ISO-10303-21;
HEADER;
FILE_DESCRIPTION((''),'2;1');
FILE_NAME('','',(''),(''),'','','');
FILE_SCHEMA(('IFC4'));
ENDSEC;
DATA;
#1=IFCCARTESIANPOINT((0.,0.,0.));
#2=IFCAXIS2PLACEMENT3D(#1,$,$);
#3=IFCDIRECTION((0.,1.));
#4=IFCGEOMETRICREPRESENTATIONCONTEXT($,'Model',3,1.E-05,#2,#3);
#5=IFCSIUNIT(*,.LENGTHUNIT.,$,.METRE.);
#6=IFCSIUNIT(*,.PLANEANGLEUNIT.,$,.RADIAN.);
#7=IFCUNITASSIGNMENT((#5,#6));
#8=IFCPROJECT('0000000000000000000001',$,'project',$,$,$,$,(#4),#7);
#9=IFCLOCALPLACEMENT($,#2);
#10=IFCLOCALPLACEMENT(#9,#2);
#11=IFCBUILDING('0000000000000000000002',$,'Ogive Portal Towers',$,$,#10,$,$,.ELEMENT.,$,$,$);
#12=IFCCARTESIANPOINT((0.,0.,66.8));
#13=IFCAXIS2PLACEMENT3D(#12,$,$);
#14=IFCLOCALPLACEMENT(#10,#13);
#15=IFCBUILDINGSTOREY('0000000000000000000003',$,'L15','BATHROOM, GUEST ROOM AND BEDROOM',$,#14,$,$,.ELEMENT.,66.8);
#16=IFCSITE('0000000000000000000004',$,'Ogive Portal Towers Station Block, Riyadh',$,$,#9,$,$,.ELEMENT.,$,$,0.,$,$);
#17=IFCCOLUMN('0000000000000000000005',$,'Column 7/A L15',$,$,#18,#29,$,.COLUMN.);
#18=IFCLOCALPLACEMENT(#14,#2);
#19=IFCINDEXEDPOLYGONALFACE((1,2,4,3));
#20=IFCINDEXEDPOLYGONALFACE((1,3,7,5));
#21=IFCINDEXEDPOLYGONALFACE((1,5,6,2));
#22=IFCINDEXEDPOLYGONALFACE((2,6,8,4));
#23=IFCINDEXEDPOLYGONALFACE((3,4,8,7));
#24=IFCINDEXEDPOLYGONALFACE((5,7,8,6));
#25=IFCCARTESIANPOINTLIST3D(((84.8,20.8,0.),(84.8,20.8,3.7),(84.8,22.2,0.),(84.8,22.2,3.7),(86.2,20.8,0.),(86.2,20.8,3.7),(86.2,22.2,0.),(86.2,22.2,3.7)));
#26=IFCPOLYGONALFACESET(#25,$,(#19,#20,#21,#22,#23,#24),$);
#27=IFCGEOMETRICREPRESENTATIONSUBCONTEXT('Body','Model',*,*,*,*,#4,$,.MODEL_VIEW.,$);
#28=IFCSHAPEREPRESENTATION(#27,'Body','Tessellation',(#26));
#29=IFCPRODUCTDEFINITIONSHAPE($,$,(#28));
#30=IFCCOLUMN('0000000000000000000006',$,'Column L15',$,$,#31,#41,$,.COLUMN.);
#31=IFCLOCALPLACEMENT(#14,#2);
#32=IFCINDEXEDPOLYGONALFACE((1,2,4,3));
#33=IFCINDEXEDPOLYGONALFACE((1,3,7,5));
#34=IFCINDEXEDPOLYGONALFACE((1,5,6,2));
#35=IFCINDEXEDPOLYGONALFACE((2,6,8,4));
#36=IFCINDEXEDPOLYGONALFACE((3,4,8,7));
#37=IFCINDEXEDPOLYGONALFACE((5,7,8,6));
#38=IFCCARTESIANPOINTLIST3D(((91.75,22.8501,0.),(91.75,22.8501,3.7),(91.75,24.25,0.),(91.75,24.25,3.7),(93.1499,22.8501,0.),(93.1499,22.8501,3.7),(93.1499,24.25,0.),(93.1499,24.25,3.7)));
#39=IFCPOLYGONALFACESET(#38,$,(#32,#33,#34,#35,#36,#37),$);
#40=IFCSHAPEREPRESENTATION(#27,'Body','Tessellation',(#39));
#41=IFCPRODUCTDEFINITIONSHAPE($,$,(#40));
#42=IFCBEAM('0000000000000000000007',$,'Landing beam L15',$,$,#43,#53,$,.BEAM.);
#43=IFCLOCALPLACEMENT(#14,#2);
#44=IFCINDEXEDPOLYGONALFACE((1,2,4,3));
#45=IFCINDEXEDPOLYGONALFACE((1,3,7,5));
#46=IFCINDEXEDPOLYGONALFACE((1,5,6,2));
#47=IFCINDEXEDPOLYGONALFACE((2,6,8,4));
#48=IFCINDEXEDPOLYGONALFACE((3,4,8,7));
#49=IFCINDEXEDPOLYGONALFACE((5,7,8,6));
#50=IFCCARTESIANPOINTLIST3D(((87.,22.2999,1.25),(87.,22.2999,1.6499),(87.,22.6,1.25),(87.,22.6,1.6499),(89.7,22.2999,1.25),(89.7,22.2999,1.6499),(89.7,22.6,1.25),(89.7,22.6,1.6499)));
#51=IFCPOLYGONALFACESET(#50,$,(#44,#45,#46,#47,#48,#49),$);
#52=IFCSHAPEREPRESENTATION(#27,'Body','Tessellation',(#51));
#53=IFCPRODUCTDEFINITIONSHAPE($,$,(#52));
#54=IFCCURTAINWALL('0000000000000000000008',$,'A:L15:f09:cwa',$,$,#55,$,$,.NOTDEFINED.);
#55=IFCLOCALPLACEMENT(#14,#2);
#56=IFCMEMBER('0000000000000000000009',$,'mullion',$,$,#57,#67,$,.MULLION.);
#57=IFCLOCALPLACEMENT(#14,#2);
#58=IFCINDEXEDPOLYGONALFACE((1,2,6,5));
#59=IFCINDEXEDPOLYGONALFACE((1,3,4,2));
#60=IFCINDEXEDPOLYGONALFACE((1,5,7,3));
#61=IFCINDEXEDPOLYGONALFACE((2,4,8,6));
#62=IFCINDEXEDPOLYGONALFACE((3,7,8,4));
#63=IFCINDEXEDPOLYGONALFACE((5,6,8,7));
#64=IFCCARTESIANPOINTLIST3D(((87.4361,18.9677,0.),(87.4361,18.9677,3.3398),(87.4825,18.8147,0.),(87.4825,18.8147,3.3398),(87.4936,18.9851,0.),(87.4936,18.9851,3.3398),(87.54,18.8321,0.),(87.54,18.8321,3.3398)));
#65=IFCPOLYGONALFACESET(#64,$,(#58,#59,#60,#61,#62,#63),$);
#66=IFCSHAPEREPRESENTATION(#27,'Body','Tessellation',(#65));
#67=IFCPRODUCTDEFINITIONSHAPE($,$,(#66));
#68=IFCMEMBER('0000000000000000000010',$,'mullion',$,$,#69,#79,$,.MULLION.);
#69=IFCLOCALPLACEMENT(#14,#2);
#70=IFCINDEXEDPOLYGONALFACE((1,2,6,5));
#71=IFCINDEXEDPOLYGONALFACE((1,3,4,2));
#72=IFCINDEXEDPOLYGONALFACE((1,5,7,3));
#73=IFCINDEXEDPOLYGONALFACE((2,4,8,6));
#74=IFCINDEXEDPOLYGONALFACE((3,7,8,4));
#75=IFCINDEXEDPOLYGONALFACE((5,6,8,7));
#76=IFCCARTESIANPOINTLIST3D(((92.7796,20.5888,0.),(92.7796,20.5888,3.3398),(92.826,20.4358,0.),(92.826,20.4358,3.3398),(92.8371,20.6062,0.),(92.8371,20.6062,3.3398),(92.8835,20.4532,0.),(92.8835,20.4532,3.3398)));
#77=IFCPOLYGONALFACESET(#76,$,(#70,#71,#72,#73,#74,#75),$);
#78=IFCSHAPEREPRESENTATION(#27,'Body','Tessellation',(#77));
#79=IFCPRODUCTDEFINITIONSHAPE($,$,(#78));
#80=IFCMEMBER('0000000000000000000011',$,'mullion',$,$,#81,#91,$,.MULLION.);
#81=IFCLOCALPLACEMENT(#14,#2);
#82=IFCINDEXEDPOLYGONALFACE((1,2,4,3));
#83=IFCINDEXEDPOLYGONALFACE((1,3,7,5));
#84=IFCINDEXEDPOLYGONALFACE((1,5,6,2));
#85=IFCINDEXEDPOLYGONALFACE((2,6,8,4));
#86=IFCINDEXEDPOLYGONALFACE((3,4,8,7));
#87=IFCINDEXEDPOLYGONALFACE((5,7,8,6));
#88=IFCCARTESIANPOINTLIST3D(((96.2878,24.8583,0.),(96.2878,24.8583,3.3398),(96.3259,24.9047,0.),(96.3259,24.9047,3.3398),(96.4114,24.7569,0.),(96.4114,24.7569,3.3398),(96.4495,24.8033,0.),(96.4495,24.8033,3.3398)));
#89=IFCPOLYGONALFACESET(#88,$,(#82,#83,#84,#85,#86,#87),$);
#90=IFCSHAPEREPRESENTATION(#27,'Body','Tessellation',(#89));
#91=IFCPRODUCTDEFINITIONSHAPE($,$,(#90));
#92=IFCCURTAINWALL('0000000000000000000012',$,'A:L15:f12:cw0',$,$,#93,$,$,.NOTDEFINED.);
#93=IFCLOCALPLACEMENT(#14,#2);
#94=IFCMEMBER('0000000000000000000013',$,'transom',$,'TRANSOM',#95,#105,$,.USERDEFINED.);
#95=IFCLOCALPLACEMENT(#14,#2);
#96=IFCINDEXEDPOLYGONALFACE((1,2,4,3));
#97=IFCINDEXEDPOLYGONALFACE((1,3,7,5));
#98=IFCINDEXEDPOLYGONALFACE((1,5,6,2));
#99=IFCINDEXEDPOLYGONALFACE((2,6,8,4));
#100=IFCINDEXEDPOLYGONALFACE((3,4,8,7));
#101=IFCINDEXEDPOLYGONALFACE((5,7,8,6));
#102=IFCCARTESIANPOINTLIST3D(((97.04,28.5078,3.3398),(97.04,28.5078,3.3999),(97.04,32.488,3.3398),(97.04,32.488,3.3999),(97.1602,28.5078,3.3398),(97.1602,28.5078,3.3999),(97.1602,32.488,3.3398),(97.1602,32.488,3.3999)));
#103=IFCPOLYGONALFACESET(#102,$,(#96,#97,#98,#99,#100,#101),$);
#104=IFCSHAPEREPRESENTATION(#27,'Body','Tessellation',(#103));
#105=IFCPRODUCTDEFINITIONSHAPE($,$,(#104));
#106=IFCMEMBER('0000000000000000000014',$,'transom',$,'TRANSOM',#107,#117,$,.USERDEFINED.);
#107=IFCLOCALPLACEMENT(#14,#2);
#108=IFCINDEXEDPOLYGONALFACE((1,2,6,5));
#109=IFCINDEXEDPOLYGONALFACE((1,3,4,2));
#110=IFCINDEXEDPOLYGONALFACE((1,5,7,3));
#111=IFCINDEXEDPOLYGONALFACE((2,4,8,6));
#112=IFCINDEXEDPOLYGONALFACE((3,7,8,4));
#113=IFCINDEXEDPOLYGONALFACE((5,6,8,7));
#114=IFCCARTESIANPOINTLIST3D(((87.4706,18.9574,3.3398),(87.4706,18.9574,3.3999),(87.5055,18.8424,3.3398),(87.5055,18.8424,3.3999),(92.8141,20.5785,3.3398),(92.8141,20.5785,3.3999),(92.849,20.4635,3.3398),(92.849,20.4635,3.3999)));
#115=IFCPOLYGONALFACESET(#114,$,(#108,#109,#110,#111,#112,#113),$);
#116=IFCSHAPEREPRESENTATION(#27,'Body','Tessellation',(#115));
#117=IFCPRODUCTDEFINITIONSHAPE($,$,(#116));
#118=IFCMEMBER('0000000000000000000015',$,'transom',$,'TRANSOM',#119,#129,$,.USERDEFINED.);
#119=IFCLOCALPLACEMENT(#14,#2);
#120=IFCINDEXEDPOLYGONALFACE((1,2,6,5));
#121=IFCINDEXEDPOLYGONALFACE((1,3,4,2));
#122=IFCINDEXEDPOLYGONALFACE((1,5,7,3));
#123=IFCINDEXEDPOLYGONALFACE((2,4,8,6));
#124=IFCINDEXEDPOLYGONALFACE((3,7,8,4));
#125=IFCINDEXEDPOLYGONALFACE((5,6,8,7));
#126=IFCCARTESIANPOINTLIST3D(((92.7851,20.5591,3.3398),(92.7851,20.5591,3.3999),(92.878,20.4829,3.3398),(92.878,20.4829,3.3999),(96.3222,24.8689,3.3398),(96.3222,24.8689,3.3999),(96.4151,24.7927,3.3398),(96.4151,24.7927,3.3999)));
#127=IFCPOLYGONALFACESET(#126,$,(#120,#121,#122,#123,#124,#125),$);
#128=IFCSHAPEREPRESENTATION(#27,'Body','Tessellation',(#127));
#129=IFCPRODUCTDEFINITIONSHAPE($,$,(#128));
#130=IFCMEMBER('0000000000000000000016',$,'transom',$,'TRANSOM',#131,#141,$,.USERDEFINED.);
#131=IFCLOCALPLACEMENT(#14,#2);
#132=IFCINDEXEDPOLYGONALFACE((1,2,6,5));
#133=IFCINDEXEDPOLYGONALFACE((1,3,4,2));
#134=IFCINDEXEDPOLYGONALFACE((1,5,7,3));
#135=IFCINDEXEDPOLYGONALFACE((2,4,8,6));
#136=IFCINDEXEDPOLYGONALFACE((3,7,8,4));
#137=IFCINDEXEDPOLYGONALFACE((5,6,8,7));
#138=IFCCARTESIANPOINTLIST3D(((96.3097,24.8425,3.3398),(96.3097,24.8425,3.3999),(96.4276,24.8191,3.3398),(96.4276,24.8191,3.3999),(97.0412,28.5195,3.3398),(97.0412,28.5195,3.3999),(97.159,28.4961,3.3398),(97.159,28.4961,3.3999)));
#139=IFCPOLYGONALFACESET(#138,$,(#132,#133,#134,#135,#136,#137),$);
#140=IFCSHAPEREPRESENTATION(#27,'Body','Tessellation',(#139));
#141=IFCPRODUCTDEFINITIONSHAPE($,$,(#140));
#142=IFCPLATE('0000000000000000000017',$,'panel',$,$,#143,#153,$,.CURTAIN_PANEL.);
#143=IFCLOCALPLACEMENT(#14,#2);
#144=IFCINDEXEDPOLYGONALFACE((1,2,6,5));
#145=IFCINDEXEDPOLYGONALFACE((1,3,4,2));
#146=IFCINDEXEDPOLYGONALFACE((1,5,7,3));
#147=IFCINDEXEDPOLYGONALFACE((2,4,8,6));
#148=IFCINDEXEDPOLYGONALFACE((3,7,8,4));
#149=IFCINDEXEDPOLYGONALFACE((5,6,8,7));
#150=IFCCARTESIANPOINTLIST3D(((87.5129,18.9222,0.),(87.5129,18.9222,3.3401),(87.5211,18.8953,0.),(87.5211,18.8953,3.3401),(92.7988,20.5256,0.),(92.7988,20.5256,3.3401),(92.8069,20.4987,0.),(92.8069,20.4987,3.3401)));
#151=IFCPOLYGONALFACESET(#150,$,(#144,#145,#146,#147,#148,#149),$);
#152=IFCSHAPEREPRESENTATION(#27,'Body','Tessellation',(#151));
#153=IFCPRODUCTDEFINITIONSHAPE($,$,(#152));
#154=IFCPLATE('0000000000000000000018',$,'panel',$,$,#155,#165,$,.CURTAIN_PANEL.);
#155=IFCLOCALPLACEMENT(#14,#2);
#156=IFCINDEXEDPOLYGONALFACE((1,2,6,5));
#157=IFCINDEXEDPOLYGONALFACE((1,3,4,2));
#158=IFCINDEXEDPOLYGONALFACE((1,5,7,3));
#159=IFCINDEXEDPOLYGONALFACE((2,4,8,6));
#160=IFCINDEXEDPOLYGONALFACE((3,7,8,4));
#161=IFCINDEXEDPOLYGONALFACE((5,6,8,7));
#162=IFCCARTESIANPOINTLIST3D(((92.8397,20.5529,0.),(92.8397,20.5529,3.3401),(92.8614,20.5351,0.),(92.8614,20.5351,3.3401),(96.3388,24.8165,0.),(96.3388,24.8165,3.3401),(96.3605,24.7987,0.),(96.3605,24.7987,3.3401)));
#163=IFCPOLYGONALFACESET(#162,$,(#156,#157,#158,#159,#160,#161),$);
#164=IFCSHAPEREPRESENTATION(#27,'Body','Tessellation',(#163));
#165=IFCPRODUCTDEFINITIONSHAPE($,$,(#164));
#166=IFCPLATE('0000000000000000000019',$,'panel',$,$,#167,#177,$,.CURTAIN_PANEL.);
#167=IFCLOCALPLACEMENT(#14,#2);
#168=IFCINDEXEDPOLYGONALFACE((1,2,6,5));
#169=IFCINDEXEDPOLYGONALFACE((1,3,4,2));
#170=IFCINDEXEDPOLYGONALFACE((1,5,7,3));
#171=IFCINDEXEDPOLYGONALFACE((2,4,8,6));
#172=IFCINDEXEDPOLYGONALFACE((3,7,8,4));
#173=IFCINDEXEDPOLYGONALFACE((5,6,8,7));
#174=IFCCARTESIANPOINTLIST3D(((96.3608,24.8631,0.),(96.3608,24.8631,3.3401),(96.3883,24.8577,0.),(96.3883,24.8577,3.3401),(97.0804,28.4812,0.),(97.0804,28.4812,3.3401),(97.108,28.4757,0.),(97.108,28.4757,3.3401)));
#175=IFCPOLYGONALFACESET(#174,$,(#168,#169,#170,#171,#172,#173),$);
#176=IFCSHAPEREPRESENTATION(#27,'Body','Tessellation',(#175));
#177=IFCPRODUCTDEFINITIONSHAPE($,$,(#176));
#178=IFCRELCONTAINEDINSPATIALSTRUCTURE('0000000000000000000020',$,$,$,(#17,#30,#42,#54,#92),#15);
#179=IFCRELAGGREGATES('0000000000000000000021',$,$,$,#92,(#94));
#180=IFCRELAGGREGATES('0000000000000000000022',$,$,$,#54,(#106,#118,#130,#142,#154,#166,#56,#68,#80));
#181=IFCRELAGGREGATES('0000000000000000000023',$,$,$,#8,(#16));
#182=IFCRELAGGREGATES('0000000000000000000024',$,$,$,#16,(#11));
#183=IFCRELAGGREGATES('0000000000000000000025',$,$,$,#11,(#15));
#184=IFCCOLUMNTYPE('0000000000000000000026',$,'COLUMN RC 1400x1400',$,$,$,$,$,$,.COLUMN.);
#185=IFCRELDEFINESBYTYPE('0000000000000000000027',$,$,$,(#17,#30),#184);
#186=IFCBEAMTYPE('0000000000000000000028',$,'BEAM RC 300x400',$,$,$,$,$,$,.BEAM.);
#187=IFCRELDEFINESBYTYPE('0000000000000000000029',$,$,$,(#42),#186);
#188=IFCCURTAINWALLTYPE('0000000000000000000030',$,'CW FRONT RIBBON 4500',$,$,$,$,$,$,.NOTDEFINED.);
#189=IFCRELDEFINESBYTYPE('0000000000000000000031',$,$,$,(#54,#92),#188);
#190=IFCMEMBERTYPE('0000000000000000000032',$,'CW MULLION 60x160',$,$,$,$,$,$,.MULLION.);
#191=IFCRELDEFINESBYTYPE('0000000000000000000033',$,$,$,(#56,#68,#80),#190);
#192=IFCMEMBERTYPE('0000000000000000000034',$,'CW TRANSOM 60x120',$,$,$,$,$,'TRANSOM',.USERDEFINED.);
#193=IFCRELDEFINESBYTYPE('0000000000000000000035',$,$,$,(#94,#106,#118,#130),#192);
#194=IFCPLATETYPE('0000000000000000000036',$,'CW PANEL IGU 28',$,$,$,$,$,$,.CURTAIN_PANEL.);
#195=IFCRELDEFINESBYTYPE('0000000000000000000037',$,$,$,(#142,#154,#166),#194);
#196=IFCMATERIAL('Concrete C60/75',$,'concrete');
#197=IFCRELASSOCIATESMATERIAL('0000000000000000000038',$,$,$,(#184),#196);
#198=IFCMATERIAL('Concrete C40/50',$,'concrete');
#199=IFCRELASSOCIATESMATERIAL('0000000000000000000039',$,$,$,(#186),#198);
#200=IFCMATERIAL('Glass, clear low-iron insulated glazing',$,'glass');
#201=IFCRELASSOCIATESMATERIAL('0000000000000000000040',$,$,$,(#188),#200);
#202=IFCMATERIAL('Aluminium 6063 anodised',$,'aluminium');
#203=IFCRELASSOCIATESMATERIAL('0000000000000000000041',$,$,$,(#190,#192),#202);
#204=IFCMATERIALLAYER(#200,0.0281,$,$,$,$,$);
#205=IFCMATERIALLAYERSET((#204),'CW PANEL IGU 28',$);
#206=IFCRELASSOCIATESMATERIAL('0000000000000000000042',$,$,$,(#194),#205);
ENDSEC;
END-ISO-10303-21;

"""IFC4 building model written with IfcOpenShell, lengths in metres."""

from ifc_helpers import new_model, si_unit, direction, frame, origin, origin_2d, place, context, subcontext, project, spatial, rectangle, extrude, material, layer, layer_set, material_profile, profile_set, type_object, element, aggregate, save


model = new_model("IFC4")

# Units and contexts
model_context = context("Model", 3, precision=1e-05, world=origin(), true_north=direction((0.0, 1.0)))
body_context = subcontext(model_context, "Body", "Model", "MODEL_VIEW")
ifc_project = project(units=[si_unit("LENGTHUNIT", "METRE"), si_unit("PLANEANGLEUNIT", "RADIAN")], contexts=[model_context])

# Site, building, storey
site_placement = place(None, origin())
site = spatial("IfcSite", under=ifc_project, at=site_placement, Name="Ogive Portal Towers Station Block, Riyadh", CompositionType="ELEMENT", RefElevation=0.0)
building_placement = place(site_placement, origin())
building = spatial("IfcBuilding", under=site, at=building_placement, Name="Ogive Portal Towers", CompositionType="ELEMENT")
storey_placement = place(building_placement, frame((0.0, 0.0, 66.8)))
storey = spatial("IfcBuildingStorey", under=building, at=storey_placement, Name="L15", Description="BATHROOM, GUEST ROOM AND BEDROOM", CompositionType="ELEMENT", Elevation=66.8)

# Columns
ifc_material_1 = material(Name="Concrete C60/75", Category="concrete")
ifc_material_profile_1 = material_profile(ifc_material_1, rectangle(XDim=1.3999, YDim=1.3999, at=origin_2d()), Name="RC 1400x1400")
ifc_profile_set_1 = profile_set([ifc_material_profile_1], Name="Concrete C60/75")
column_type = type_object("IfcColumnType", Name="COLUMN RC 1400x1400", PredefinedType="COLUMN", material=ifc_profile_set_1)
for number, where, z_axis, x_axis, name in (
    (1, (85.5, 21.5, 0.0), (0.0, 0.0, 1.0), (1.0, 0.0, 0.0), "Column 7/A L15"),
    (2, (92.45, 23.55, 0.0), (0.0, 0.0, 1.0), (1.0, 0.0, 0.0), "Column L15"),
):
    element("IfcColumn", number, at=place(storey_placement, frame(where, z_axis=z_axis, x_axis=x_axis)), inside=storey, type_object=column_type, Name=name, PredefinedType="COLUMN", context=body_context, shape_type="SweptSolid", body=[
        extrude(rectangle(XDim=1.3999, YDim=1.3999, at=origin_2d()), origin(), (0.0, 0.0, 1.0), 3.7),
    ])

# Beam
ifc_material_2 = material(Name="Concrete C40/50", Category="concrete")
ifc_material_profile_2 = material_profile(ifc_material_2, rectangle(XDim=0.3, YDim=0.3999, at=origin_2d()), Name="RC 300x400")
ifc_profile_set_2 = profile_set([ifc_material_profile_2], Name="Concrete C40/50")
beam_type = type_object("IfcBeamType", Name="BEAM RC 300x400", PredefinedType="BEAM", material=ifc_profile_set_2)
beam_placement = place(storey_placement, frame((87.0, 22.45, 1.45), z_axis=(1.0, 0.0, 0.0), x_axis=(0.0, 1.0, 0.0)))
element("IfcBeam", 3, at=beam_placement, inside=storey, type_object=beam_type, Name="Landing beam L15", PredefinedType="BEAM", context=body_context, shape_type="SweptSolid", body=[
    extrude(rectangle(XDim=0.3, YDim=0.3999, at=origin_2d()), origin(), (0.0, 0.0, 1.0), 2.7),
])

# Curtain wall, members
ifc_material_3 = material(Name="Glass, clear low-iron insulated glazing", Category="glass")
curtain_wall_type = type_object("IfcCurtainWallType", Name="CW FRONT RIBBON 4500", PredefinedType="NOTDEFINED", material=ifc_material_3)
curtain_wall_1_placement = place(storey_placement, origin())
curtain_wall_1 = element("IfcCurtainWall", 4, at=curtain_wall_1_placement, inside=storey, type_object=curtain_wall_type, Name="A:L15:f09:cwa", PredefinedType="NOTDEFINED")
ifc_material_4 = material(Name="Aluminium 6063 anodised", Category="aluminium")
ifc_material_profile_3 = material_profile(ifc_material_4, rectangle(XDim=0.1599, YDim=0.0601, at=origin_2d()), Name="AL 60x160")
ifc_profile_set_3 = profile_set([ifc_material_profile_3], Name="Aluminium 6063 anodised")
member_type_1 = type_object("IfcMemberType", Name="CW MULLION 60x160", PredefinedType="MULLION", material=ifc_profile_set_3)
member_1_placement = place(storey_placement, frame((87.488, 18.8999, 0.0), z_axis=(0.0, 0.0, 1.0), x_axis=(-0.290285, 0.95694, 0.0)))
member_1 = element("IfcMember", 5, at=member_1_placement, type_object=member_type_1, Name="mullion", PredefinedType="MULLION", context=body_context, shape_type="SweptSolid", body=[
    extrude(rectangle(XDim=0.1599, YDim=0.0601, at=origin_2d()), origin(), (0.0, 0.0, 1.0), 3.3398),
])
member_2_placement = place(storey_placement, frame((92.8315, 20.521, 0.0), z_axis=(0.0, 0.0, 1.0), x_axis=(-0.290285, 0.95694, 0.0)))
member_2 = element("IfcMember", 6, at=member_2_placement, type_object=member_type_1, Name="mullion", PredefinedType="MULLION", context=body_context, shape_type="SweptSolid", body=[
    extrude(rectangle(XDim=0.1599, YDim=0.0601, at=origin_2d()), origin(), (0.0, 0.0, 1.0), 3.3398),
])
member_3_placement = place(storey_placement, frame((96.3687, 24.8308, 0.0), z_axis=(0.0, 0.0, 1.0), x_axis=(-0.77301, 0.634393, 0.0)))
member_3 = element("IfcMember", 7, at=member_3_placement, type_object=member_type_1, Name="mullion", PredefinedType="MULLION", context=body_context, shape_type="SweptSolid", body=[
    extrude(rectangle(XDim=0.1599, YDim=0.0601, at=origin_2d()), origin(), (0.0, 0.0, 1.0), 3.3398),
])

# Curtain wall, member
curtain_wall_2_placement = place(storey_placement, origin())
curtain_wall_2 = element("IfcCurtainWall", 8, at=curtain_wall_2_placement, inside=storey, type_object=curtain_wall_type, Name="A:L15:f12:cw0", PredefinedType="NOTDEFINED")
ifc_material_profile_4 = material_profile(ifc_material_4, rectangle(XDim=0.1201, YDim=0.0601, at=origin_2d()), Name="AL 120x60")
ifc_profile_set_4 = profile_set([ifc_material_profile_4], Name="Aluminium 6063 anodised")
member_type_2 = type_object("IfcMemberType", Name="CW TRANSOM 60x120", ElementType="TRANSOM", PredefinedType="USERDEFINED", material=ifc_profile_set_4)
member_4_placement = place(storey_placement, frame((97.1001, 28.5078, 3.3699), z_axis=(0.0, 1.0, 0.0), x_axis=(-1.0, 0.0, 0.0)))
member_4 = element("IfcMember", 9, at=member_4_placement, type_object=member_type_2, Name="transom", ObjectType="TRANSOM", PredefinedType="USERDEFINED", context=body_context, shape_type="SweptSolid", body=[
    extrude(rectangle(XDim=0.1201, YDim=0.0601, at=origin_2d()), origin(), (0.0, 0.0, 1.0), 3.9802),
])
aggregate(curtain_wall_2, [member_4])

# Members
member_5_placement = place(storey_placement, frame((87.488, 18.8999, 3.3699), z_axis=(0.956932, 0.290311, 0.0), x_axis=(-0.290311, 0.956932, 0.0)))
member_5 = element("IfcMember", 10, at=member_5_placement, type_object=member_type_2, Name="transom", ObjectType="TRANSOM", PredefinedType="USERDEFINED", context=body_context, shape_type="SweptSolid", body=[
    extrude(rectangle(XDim=0.1201, YDim=0.0601, at=origin_2d()), origin(), (0.0, 0.0, 1.0), 5.584),
])
member_6_placement = place(storey_placement, frame((92.8315, 20.521, 3.3699), z_axis=(0.634408, 0.772998, 0.0), x_axis=(-0.772998, 0.634408, 0.0)))
member_6 = element("IfcMember", 11, at=member_6_placement, type_object=member_type_2, Name="transom", ObjectType="TRANSOM", PredefinedType="USERDEFINED", context=body_context, shape_type="SweptSolid", body=[
    extrude(rectangle(XDim=0.1201, YDim=0.0601, at=origin_2d()), origin(), (0.0, 0.0, 1.0), 5.5754),
])
member_7_placement = place(storey_placement, frame((96.3687, 24.8308, 3.3699), z_axis=(0.195102, 0.980783, 0.0), x_axis=(-0.980783, 0.195102, 0.0)))
member_7 = element("IfcMember", 12, at=member_7_placement, type_object=member_type_2, Name="transom", ObjectType="TRANSOM", PredefinedType="USERDEFINED", context=body_context, shape_type="SweptSolid", body=[
    extrude(rectangle(XDim=0.1201, YDim=0.0601, at=origin_2d()), origin(), (0.0, 0.0, 1.0), 3.749),
])

# Plates
ifc_layer_1 = layer(ifc_material_3, 0.0281)
ifc_layer_set_1 = layer_set([ifc_layer_1], Name="CW PANEL IGU 28")
plate_type = type_object("IfcPlateType", Name="CW PANEL IGU 28", PredefinedType="CURTAIN_PANEL", material=ifc_layer_set_1)
plate_1_placement = place(storey_placement, frame((90.1599, 19.7104, 0.0), z_axis=(0.0, 0.0, 1.0), x_axis=(0.95694, 0.290285, 0.0)))
plate_1 = element("IfcPlate", 13, at=plate_1_placement, type_object=plate_type, Name="panel", PredefinedType="CURTAIN_PANEL", context=body_context, shape_type="SweptSolid", body=[
    extrude(rectangle(XDim=5.5237, YDim=0.0281, at=origin_2d()), origin(), (0.0, 0.0, 1.0), 3.3401),
])
plate_2_placement = place(storey_placement, frame((94.6001, 22.6758, 0.0), z_axis=(0.0, 0.0, 1.0), x_axis=(0.634393, 0.77301, 0.0)))
plate_2 = element("IfcPlate", 14, at=plate_2_placement, type_object=plate_type, Name="panel", PredefinedType="CURTAIN_PANEL", context=body_context, shape_type="SweptSolid", body=[
    extrude(rectangle(XDim=5.5156, YDim=0.0281, at=origin_2d()), origin(), (0.0, 0.0, 1.0), 3.3401),
])
plate_3_placement = place(storey_placement, frame((96.7344, 26.6694, 0.0), z_axis=(0.0, 0.0, 1.0), x_axis=(0.19509, 0.980785, 0.0)))
plate_3 = element("IfcPlate", 15, at=plate_3_placement, type_object=plate_type, Name="panel", PredefinedType="CURTAIN_PANEL", context=body_context, shape_type="SweptSolid", body=[
    extrude(rectangle(XDim=3.689, YDim=0.0281, at=origin_2d()), origin(), (0.0, 0.0, 1.0), 3.3401),
])
aggregate(curtain_wall_1, [member_5, member_6, member_7, plate_1, plate_2, plate_3, member_1, member_2, member_3])

save(model, "model.ifc")
